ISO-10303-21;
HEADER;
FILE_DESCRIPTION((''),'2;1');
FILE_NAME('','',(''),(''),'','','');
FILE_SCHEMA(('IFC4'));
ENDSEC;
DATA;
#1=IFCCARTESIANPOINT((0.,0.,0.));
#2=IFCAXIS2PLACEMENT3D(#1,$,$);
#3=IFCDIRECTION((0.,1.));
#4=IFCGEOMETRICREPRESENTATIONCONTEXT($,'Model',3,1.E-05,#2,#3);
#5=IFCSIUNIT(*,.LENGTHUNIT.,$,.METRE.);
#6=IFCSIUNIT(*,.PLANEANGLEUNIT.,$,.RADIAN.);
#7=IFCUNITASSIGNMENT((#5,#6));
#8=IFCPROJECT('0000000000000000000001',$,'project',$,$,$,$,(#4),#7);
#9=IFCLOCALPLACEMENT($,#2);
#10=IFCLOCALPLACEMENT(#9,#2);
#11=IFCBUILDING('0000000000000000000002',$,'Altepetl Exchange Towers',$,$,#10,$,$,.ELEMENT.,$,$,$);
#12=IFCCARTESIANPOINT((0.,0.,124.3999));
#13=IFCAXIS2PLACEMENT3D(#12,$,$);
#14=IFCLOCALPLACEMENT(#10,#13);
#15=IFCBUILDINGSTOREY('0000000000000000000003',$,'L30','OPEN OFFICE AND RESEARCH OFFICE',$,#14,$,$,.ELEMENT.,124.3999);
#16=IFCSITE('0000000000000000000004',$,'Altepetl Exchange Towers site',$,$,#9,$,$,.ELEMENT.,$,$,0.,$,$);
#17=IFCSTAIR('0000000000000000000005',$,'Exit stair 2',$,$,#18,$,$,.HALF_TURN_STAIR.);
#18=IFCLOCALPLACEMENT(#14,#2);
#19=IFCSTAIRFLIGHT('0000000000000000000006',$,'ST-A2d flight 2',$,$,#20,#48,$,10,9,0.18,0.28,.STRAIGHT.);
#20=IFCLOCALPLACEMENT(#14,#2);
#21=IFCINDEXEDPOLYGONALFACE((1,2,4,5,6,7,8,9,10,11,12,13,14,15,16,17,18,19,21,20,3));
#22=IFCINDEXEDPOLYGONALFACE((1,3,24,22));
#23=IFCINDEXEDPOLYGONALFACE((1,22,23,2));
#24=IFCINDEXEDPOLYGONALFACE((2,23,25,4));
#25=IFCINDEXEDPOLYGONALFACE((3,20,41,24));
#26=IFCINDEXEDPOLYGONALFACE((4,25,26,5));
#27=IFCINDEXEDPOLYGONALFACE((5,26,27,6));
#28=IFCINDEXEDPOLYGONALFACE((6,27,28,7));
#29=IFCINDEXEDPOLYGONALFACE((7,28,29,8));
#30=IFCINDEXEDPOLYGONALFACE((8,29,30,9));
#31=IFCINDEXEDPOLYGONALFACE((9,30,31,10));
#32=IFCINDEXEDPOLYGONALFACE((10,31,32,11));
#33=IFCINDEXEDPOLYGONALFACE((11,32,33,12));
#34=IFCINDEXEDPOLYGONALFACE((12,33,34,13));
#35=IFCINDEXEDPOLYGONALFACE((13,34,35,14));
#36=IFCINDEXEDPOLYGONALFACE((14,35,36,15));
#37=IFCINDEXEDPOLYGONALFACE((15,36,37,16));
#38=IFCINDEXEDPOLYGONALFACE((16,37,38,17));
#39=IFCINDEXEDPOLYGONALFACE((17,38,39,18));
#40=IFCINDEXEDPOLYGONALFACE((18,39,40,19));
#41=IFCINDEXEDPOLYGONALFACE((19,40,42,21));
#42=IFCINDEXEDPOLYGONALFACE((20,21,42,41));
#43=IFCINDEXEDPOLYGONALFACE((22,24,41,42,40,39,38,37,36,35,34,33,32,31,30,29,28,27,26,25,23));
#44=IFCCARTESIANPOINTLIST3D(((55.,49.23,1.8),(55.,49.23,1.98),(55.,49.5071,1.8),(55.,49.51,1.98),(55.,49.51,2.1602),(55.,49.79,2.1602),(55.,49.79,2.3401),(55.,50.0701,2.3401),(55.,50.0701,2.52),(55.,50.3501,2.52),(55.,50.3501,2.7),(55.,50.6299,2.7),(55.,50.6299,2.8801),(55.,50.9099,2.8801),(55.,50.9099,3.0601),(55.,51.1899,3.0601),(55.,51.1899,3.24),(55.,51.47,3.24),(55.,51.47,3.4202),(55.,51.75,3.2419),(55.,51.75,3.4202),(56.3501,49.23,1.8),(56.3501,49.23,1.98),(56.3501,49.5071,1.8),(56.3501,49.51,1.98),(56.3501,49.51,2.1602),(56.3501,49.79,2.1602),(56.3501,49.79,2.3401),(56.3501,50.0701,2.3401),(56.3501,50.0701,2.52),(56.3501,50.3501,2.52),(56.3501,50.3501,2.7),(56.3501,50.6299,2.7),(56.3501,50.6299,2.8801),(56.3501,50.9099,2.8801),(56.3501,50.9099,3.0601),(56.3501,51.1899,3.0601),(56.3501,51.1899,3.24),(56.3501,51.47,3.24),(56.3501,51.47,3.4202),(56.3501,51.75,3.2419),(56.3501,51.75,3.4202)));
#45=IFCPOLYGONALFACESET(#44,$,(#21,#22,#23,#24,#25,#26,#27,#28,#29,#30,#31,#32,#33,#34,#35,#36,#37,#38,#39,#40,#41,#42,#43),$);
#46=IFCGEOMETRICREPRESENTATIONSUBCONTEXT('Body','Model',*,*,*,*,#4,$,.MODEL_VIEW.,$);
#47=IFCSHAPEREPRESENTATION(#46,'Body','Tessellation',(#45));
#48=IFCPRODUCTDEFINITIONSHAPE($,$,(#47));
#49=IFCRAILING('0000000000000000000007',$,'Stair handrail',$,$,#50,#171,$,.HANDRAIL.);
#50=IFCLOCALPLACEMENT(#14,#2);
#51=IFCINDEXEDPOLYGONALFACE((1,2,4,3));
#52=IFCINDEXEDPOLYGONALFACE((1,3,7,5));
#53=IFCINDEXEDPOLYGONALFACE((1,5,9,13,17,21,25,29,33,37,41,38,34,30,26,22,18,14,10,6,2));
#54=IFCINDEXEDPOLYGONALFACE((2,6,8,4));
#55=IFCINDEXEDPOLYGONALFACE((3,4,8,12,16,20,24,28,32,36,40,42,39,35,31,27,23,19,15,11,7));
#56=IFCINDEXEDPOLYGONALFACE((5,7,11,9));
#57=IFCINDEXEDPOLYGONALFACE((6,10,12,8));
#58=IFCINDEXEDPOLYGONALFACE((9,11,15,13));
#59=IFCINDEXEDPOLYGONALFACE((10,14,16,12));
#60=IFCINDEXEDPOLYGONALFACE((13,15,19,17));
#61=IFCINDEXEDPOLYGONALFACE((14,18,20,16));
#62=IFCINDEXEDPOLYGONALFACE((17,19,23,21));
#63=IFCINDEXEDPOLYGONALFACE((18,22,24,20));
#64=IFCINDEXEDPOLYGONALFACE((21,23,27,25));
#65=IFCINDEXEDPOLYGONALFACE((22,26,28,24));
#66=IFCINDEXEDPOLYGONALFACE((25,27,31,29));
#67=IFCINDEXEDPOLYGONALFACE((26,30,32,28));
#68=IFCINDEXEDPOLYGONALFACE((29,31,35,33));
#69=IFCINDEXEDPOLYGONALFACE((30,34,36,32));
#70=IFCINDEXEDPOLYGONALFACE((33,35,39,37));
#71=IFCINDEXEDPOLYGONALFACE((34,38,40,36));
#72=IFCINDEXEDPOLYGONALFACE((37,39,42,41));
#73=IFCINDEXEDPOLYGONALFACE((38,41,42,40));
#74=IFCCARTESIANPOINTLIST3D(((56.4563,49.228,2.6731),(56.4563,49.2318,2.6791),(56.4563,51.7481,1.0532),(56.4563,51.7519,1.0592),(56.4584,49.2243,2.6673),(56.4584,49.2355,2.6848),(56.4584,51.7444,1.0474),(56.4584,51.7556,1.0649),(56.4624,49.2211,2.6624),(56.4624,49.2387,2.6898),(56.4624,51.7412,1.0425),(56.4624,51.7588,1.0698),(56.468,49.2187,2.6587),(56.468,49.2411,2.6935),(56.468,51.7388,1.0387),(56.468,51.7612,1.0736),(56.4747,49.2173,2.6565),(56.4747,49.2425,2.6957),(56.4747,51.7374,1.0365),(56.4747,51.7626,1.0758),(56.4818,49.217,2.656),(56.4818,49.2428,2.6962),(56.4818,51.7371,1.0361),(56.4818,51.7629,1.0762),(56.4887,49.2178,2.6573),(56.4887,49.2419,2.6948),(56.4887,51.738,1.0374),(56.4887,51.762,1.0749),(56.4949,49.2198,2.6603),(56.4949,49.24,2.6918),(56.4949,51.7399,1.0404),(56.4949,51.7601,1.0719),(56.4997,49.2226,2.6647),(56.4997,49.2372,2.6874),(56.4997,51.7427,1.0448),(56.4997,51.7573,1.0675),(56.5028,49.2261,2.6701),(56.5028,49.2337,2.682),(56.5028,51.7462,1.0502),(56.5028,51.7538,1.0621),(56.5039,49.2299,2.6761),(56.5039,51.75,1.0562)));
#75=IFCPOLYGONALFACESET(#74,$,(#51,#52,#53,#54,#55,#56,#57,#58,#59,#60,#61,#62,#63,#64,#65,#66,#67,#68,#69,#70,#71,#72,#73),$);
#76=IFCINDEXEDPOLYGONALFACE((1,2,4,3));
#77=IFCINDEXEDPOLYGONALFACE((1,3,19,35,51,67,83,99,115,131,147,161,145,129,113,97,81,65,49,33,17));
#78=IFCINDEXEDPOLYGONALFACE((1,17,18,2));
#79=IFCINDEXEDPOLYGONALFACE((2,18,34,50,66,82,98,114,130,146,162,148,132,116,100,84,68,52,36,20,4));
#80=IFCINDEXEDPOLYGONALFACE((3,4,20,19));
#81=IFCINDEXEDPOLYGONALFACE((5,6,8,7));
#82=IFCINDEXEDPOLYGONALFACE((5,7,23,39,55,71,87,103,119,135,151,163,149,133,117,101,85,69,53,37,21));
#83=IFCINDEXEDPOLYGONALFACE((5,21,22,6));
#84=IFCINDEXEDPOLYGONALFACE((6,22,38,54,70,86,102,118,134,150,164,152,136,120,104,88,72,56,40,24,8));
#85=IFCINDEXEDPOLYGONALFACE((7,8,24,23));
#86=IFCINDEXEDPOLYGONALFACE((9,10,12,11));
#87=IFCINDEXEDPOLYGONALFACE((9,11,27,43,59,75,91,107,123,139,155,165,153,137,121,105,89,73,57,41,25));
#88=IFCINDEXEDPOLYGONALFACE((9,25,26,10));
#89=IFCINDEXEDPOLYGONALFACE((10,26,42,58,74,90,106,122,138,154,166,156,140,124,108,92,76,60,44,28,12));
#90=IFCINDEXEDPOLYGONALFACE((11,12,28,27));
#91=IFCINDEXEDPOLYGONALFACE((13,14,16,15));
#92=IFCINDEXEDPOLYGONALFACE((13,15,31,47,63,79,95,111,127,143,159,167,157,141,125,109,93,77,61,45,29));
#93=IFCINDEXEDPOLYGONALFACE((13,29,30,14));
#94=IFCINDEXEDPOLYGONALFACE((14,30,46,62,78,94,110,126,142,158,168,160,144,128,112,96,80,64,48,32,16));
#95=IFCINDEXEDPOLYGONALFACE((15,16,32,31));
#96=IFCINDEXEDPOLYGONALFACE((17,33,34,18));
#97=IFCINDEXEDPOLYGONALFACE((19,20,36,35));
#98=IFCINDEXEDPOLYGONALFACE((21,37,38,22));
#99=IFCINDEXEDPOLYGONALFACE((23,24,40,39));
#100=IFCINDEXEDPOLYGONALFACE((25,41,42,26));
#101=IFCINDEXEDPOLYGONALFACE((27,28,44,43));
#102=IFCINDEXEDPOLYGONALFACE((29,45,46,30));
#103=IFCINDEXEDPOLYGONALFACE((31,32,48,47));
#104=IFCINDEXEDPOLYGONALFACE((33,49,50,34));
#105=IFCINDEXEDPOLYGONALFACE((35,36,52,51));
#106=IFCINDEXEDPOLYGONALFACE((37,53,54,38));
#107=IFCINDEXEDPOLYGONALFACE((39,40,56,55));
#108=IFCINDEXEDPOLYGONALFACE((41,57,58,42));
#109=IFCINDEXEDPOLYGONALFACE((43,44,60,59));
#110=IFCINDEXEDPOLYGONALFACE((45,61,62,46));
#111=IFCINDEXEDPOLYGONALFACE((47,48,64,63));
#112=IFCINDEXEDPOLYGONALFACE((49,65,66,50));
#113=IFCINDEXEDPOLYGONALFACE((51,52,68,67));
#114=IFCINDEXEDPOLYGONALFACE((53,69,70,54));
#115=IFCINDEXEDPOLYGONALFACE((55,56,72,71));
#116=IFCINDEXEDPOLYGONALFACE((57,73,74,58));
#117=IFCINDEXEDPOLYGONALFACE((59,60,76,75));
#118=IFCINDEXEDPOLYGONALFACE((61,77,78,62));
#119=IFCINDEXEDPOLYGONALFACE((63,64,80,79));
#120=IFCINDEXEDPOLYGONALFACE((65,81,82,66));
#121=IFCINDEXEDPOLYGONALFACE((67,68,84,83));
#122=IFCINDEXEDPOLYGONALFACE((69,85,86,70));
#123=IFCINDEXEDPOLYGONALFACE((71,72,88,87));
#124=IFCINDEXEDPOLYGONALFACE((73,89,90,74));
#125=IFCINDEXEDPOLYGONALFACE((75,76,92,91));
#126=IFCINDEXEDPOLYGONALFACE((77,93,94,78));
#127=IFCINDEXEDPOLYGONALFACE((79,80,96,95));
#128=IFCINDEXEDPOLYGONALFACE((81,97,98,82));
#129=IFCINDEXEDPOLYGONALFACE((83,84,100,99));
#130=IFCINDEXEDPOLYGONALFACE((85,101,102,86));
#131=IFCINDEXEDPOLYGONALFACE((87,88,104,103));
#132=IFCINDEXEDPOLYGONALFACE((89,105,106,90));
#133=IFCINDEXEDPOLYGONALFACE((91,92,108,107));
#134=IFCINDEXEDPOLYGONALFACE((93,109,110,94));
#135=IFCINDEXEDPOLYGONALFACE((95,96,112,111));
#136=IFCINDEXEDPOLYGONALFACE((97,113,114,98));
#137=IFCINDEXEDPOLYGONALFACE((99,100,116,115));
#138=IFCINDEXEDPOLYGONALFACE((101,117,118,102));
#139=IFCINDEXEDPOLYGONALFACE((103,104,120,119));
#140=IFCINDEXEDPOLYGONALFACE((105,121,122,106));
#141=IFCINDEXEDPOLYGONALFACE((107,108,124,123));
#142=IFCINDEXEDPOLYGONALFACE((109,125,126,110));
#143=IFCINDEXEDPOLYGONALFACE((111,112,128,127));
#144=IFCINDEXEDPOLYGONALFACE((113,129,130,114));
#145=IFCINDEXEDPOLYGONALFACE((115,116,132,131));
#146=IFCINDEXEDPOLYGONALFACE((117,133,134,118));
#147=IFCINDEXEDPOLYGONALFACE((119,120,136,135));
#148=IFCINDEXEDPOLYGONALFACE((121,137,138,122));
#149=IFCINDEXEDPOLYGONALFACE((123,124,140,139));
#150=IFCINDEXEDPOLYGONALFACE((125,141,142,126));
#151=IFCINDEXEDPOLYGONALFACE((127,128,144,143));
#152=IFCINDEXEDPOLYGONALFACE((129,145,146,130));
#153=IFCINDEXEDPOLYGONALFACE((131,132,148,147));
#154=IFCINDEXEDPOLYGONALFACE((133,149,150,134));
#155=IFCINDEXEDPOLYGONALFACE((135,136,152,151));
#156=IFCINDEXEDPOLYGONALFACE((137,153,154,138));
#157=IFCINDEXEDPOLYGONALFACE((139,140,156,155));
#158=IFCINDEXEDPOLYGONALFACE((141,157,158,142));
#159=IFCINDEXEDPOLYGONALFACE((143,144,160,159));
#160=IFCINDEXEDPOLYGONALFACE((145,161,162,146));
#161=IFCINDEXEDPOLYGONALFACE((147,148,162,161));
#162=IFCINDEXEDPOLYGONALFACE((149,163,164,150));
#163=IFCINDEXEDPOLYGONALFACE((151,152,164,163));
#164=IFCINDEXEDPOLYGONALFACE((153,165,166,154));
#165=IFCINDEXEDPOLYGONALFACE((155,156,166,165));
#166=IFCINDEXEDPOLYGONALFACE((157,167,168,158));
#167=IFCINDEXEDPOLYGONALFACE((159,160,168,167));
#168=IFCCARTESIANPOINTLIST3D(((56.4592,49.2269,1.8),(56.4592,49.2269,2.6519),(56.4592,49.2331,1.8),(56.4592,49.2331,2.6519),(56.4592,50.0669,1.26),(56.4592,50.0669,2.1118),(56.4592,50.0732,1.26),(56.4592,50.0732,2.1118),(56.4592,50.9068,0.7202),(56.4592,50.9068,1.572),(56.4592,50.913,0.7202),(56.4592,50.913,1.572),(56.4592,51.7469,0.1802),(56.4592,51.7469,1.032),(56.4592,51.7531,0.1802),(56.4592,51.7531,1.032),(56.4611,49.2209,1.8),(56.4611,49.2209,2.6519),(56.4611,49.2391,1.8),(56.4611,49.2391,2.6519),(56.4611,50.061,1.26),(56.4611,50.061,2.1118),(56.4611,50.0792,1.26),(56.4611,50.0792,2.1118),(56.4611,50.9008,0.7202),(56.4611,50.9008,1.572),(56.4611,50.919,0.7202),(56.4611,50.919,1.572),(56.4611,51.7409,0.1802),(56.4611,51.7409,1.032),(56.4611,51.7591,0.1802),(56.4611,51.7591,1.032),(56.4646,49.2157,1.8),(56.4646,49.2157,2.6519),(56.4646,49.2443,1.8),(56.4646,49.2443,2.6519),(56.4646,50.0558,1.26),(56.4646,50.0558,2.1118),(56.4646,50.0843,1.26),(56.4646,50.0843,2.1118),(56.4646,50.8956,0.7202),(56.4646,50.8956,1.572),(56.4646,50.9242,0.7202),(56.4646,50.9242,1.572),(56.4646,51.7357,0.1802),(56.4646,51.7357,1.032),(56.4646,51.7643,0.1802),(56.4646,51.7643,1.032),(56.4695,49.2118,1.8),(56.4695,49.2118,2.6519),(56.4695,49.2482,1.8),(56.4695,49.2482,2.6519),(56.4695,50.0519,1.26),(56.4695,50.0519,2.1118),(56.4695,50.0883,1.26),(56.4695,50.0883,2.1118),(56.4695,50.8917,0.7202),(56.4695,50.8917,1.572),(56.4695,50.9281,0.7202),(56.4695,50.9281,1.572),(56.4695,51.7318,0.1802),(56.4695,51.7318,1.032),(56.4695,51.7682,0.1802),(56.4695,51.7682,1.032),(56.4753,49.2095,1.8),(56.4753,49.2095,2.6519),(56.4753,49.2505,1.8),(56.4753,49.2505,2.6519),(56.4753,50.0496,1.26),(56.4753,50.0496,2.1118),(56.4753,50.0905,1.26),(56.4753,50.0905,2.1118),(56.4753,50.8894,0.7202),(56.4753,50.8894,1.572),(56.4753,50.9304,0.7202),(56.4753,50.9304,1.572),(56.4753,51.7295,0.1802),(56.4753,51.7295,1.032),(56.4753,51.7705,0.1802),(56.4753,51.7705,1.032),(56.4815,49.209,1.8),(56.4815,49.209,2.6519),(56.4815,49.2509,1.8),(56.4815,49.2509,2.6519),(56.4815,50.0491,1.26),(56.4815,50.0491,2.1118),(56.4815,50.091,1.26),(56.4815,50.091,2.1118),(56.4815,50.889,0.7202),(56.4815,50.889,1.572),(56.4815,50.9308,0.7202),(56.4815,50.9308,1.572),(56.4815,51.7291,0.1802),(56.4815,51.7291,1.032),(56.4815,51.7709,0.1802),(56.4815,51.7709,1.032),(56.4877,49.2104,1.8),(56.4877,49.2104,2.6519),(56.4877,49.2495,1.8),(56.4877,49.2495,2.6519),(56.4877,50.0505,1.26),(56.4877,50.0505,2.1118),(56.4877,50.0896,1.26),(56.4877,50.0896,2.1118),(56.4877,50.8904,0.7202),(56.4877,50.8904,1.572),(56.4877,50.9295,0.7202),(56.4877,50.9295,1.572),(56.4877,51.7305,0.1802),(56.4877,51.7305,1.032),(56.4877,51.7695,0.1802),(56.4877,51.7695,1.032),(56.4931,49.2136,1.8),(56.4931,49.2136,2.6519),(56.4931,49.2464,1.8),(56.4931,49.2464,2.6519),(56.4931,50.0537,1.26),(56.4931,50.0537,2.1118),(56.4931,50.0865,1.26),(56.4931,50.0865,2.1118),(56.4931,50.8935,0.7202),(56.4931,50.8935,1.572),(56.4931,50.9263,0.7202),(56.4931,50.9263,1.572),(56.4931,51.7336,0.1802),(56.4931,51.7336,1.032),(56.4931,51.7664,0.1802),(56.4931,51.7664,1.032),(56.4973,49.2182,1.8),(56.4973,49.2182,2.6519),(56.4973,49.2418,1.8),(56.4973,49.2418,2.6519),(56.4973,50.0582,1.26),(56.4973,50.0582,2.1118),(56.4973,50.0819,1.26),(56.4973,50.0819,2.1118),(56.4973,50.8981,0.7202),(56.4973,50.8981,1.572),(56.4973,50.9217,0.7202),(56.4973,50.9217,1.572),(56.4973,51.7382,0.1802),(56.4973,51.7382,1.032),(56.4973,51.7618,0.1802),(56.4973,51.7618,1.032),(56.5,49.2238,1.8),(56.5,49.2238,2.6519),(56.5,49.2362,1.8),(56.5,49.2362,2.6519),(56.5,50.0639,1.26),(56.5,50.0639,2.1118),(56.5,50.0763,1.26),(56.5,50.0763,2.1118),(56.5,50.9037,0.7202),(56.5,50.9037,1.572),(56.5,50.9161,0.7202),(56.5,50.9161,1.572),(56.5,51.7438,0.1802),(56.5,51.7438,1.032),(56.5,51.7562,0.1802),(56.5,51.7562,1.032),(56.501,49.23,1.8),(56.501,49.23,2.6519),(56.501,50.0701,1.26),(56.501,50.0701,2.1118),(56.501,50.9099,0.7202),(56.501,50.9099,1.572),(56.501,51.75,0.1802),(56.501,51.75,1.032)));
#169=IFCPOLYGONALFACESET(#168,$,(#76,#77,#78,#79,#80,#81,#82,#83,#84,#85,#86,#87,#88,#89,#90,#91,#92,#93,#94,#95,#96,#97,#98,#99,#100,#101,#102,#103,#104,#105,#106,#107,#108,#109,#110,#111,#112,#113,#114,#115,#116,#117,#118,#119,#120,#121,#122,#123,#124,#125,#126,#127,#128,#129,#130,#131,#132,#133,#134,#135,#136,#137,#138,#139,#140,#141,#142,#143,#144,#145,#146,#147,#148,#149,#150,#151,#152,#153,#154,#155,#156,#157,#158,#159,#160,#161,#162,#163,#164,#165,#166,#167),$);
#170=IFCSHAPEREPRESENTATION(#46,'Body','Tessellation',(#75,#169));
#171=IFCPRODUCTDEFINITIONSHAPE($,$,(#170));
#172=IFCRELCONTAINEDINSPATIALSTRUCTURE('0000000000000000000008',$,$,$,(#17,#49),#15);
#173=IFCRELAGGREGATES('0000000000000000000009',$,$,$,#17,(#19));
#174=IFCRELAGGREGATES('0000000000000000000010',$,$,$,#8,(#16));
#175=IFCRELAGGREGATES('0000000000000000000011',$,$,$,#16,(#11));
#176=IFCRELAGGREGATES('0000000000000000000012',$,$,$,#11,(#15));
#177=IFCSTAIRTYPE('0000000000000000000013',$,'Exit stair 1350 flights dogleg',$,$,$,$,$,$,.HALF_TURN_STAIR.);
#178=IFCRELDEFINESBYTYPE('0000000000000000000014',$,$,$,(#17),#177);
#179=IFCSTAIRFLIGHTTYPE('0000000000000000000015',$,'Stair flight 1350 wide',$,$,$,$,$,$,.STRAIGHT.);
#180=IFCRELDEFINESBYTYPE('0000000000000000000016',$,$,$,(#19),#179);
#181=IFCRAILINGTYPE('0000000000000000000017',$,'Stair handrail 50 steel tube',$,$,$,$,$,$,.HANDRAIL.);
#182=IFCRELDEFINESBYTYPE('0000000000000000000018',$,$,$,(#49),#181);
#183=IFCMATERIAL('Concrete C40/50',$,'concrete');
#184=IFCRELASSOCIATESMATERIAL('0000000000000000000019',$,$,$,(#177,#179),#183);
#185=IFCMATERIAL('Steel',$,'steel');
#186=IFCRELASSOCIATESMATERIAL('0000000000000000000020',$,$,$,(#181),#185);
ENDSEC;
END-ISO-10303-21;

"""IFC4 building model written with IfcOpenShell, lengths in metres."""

from ifc_helpers import new_model, si_unit, direction, frame, origin, origin_2d, place, context, subcontext, project, spatial, polyline, circle, outline, extrude, source, transform, mapped, material, type_object, element, aggregate, save


model = new_model("IFC4")

# Units and contexts
model_context = context("Model", 3, precision=1e-05, world=origin(), true_north=direction((0.0, 1.0)))
body_context = subcontext(model_context, "Body", "Model", "MODEL_VIEW")
ifc_project = project(units=[si_unit("LENGTHUNIT", "METRE"), si_unit("PLANEANGLEUNIT", "RADIAN")], contexts=[model_context])

# Site, building, storey
site_placement = place(None, origin())
site = spatial("IfcSite", under=ifc_project, at=site_placement, Name="Altepetl Exchange Towers site", CompositionType="ELEMENT", RefElevation=0.0)
building_placement = place(site_placement, origin())
building = spatial("IfcBuilding", under=site, at=building_placement, Name="Altepetl Exchange Towers", CompositionType="ELEMENT")
storey_placement = place(building_placement, frame((0.0, 0.0, 124.3999)))
storey = spatial("IfcBuildingStorey", under=building, at=storey_placement, Name="L30", Description="OPEN OFFICE AND RESEARCH OFFICE", CompositionType="ELEMENT", Elevation=124.3999)

# Shared definitions
ifc_material_1 = material(Name="Concrete C40/50", Category="concrete")

# Stair, stair flight
stair_type = type_object("IfcStairType", Name="Exit stair 1350 flights dogleg", PredefinedType="HALF_TURN_STAIR", material=ifc_material_1)
stair_placement = place(storey_placement, origin())
stair = element("IfcStair", 1, at=stair_placement, inside=storey, type_object=stair_type, Name="Exit stair 2", PredefinedType="HALF_TURN_STAIR")
stair_flight_type = type_object("IfcStairFlightType", Name="Stair flight 1350 wide", PredefinedType="STRAIGHT", material=ifc_material_1)
stair_flight_1_placement = place(storey_placement, frame((55.675, 49.23, 1.8), z_axis=(0.0, 0.0, 1.0), x_axis=(0.0, 1.0, 0.0)))
stair_flight_1 = element("IfcStairFlight", 2, at=stair_flight_1_placement, type_object=stair_flight_type, Name="ST-A2d flight 2", NumberOfRisers=10, NumberOfTreads=9, PredefinedType="STRAIGHT", RiserHeight=0.18, TreadLength=0.28, context=body_context, shape_type="SweptSolid", body=[
    extrude(outline(polyline([(0.0, 0.0), (0.0, 0.1799), (0.28, 0.1799), (0.28, 0.3601), (0.5601, 0.3601), (0.5601, 0.54), (0.8401, 0.54), (0.8401, 0.72), (1.1201, 0.72), (1.1201, 0.8999), (1.3999, 0.8999), (1.3999, 1.0801), (1.6799, 1.0801), (1.6799, 1.26), (1.96, 1.26), (1.96, 1.4399), (2.24, 1.4399), (2.24, 1.6201), (2.52, 1.6201), (2.52, 1.8), (2.52, 1.4419), (0.2771, 0.0), (0.0, 0.0)])), frame((0.0, 0.675, 0.0), z_axis=(0.0, -1.0, 0.0), x_axis=(1.0, 0.0, 0.0)), (0.0, 0.0, 1.0), 1.3501),
])
aggregate(stair, [stair_flight_1])

# Railing
ifc_material_2 = material(Name="Steel", Category="steel")
railing_type = type_object("IfcRailingType", Name="Stair handrail 50 steel tube", PredefinedType="HANDRAIL", material=ifc_material_2)
shared_shape = source(origin(), body_context, "Body", "SweptSolid", [
    extrude(circle(Radius=0.021, at=origin_2d()), origin(), (0.0, 0.0, 1.0), 0.8518),
])
railing_1_placement = place(storey_placement, frame((56.48, 51.75, 0.1802)))
element("IfcRailing", 3, at=railing_1_placement, inside=storey, type_object=railing_type, Name="Stair handrail", PredefinedType="HANDRAIL", context=body_context, shape_type="SweptSolid", body=[
    extrude(circle(Radius=0.0239, at=origin_2d()), frame((0.0, 0.0, 0.876), z_axis=(0.0, -0.8412, 0.540725), x_axis=(1.0, 0.0, 0.0)), (0.0, 0.0, 1.0), 2.9958),
    mapped(shared_shape, transform((0.0, 0.0, 0.0))),
    mapped(shared_shape, transform((0.0, -0.8401, 0.54))),
    mapped(shared_shape, transform((0.0, -1.6799, 1.0798))),
    mapped(shared_shape, transform((0.0, -2.52, 1.6199))),
])

save(model, "model.ifc")
